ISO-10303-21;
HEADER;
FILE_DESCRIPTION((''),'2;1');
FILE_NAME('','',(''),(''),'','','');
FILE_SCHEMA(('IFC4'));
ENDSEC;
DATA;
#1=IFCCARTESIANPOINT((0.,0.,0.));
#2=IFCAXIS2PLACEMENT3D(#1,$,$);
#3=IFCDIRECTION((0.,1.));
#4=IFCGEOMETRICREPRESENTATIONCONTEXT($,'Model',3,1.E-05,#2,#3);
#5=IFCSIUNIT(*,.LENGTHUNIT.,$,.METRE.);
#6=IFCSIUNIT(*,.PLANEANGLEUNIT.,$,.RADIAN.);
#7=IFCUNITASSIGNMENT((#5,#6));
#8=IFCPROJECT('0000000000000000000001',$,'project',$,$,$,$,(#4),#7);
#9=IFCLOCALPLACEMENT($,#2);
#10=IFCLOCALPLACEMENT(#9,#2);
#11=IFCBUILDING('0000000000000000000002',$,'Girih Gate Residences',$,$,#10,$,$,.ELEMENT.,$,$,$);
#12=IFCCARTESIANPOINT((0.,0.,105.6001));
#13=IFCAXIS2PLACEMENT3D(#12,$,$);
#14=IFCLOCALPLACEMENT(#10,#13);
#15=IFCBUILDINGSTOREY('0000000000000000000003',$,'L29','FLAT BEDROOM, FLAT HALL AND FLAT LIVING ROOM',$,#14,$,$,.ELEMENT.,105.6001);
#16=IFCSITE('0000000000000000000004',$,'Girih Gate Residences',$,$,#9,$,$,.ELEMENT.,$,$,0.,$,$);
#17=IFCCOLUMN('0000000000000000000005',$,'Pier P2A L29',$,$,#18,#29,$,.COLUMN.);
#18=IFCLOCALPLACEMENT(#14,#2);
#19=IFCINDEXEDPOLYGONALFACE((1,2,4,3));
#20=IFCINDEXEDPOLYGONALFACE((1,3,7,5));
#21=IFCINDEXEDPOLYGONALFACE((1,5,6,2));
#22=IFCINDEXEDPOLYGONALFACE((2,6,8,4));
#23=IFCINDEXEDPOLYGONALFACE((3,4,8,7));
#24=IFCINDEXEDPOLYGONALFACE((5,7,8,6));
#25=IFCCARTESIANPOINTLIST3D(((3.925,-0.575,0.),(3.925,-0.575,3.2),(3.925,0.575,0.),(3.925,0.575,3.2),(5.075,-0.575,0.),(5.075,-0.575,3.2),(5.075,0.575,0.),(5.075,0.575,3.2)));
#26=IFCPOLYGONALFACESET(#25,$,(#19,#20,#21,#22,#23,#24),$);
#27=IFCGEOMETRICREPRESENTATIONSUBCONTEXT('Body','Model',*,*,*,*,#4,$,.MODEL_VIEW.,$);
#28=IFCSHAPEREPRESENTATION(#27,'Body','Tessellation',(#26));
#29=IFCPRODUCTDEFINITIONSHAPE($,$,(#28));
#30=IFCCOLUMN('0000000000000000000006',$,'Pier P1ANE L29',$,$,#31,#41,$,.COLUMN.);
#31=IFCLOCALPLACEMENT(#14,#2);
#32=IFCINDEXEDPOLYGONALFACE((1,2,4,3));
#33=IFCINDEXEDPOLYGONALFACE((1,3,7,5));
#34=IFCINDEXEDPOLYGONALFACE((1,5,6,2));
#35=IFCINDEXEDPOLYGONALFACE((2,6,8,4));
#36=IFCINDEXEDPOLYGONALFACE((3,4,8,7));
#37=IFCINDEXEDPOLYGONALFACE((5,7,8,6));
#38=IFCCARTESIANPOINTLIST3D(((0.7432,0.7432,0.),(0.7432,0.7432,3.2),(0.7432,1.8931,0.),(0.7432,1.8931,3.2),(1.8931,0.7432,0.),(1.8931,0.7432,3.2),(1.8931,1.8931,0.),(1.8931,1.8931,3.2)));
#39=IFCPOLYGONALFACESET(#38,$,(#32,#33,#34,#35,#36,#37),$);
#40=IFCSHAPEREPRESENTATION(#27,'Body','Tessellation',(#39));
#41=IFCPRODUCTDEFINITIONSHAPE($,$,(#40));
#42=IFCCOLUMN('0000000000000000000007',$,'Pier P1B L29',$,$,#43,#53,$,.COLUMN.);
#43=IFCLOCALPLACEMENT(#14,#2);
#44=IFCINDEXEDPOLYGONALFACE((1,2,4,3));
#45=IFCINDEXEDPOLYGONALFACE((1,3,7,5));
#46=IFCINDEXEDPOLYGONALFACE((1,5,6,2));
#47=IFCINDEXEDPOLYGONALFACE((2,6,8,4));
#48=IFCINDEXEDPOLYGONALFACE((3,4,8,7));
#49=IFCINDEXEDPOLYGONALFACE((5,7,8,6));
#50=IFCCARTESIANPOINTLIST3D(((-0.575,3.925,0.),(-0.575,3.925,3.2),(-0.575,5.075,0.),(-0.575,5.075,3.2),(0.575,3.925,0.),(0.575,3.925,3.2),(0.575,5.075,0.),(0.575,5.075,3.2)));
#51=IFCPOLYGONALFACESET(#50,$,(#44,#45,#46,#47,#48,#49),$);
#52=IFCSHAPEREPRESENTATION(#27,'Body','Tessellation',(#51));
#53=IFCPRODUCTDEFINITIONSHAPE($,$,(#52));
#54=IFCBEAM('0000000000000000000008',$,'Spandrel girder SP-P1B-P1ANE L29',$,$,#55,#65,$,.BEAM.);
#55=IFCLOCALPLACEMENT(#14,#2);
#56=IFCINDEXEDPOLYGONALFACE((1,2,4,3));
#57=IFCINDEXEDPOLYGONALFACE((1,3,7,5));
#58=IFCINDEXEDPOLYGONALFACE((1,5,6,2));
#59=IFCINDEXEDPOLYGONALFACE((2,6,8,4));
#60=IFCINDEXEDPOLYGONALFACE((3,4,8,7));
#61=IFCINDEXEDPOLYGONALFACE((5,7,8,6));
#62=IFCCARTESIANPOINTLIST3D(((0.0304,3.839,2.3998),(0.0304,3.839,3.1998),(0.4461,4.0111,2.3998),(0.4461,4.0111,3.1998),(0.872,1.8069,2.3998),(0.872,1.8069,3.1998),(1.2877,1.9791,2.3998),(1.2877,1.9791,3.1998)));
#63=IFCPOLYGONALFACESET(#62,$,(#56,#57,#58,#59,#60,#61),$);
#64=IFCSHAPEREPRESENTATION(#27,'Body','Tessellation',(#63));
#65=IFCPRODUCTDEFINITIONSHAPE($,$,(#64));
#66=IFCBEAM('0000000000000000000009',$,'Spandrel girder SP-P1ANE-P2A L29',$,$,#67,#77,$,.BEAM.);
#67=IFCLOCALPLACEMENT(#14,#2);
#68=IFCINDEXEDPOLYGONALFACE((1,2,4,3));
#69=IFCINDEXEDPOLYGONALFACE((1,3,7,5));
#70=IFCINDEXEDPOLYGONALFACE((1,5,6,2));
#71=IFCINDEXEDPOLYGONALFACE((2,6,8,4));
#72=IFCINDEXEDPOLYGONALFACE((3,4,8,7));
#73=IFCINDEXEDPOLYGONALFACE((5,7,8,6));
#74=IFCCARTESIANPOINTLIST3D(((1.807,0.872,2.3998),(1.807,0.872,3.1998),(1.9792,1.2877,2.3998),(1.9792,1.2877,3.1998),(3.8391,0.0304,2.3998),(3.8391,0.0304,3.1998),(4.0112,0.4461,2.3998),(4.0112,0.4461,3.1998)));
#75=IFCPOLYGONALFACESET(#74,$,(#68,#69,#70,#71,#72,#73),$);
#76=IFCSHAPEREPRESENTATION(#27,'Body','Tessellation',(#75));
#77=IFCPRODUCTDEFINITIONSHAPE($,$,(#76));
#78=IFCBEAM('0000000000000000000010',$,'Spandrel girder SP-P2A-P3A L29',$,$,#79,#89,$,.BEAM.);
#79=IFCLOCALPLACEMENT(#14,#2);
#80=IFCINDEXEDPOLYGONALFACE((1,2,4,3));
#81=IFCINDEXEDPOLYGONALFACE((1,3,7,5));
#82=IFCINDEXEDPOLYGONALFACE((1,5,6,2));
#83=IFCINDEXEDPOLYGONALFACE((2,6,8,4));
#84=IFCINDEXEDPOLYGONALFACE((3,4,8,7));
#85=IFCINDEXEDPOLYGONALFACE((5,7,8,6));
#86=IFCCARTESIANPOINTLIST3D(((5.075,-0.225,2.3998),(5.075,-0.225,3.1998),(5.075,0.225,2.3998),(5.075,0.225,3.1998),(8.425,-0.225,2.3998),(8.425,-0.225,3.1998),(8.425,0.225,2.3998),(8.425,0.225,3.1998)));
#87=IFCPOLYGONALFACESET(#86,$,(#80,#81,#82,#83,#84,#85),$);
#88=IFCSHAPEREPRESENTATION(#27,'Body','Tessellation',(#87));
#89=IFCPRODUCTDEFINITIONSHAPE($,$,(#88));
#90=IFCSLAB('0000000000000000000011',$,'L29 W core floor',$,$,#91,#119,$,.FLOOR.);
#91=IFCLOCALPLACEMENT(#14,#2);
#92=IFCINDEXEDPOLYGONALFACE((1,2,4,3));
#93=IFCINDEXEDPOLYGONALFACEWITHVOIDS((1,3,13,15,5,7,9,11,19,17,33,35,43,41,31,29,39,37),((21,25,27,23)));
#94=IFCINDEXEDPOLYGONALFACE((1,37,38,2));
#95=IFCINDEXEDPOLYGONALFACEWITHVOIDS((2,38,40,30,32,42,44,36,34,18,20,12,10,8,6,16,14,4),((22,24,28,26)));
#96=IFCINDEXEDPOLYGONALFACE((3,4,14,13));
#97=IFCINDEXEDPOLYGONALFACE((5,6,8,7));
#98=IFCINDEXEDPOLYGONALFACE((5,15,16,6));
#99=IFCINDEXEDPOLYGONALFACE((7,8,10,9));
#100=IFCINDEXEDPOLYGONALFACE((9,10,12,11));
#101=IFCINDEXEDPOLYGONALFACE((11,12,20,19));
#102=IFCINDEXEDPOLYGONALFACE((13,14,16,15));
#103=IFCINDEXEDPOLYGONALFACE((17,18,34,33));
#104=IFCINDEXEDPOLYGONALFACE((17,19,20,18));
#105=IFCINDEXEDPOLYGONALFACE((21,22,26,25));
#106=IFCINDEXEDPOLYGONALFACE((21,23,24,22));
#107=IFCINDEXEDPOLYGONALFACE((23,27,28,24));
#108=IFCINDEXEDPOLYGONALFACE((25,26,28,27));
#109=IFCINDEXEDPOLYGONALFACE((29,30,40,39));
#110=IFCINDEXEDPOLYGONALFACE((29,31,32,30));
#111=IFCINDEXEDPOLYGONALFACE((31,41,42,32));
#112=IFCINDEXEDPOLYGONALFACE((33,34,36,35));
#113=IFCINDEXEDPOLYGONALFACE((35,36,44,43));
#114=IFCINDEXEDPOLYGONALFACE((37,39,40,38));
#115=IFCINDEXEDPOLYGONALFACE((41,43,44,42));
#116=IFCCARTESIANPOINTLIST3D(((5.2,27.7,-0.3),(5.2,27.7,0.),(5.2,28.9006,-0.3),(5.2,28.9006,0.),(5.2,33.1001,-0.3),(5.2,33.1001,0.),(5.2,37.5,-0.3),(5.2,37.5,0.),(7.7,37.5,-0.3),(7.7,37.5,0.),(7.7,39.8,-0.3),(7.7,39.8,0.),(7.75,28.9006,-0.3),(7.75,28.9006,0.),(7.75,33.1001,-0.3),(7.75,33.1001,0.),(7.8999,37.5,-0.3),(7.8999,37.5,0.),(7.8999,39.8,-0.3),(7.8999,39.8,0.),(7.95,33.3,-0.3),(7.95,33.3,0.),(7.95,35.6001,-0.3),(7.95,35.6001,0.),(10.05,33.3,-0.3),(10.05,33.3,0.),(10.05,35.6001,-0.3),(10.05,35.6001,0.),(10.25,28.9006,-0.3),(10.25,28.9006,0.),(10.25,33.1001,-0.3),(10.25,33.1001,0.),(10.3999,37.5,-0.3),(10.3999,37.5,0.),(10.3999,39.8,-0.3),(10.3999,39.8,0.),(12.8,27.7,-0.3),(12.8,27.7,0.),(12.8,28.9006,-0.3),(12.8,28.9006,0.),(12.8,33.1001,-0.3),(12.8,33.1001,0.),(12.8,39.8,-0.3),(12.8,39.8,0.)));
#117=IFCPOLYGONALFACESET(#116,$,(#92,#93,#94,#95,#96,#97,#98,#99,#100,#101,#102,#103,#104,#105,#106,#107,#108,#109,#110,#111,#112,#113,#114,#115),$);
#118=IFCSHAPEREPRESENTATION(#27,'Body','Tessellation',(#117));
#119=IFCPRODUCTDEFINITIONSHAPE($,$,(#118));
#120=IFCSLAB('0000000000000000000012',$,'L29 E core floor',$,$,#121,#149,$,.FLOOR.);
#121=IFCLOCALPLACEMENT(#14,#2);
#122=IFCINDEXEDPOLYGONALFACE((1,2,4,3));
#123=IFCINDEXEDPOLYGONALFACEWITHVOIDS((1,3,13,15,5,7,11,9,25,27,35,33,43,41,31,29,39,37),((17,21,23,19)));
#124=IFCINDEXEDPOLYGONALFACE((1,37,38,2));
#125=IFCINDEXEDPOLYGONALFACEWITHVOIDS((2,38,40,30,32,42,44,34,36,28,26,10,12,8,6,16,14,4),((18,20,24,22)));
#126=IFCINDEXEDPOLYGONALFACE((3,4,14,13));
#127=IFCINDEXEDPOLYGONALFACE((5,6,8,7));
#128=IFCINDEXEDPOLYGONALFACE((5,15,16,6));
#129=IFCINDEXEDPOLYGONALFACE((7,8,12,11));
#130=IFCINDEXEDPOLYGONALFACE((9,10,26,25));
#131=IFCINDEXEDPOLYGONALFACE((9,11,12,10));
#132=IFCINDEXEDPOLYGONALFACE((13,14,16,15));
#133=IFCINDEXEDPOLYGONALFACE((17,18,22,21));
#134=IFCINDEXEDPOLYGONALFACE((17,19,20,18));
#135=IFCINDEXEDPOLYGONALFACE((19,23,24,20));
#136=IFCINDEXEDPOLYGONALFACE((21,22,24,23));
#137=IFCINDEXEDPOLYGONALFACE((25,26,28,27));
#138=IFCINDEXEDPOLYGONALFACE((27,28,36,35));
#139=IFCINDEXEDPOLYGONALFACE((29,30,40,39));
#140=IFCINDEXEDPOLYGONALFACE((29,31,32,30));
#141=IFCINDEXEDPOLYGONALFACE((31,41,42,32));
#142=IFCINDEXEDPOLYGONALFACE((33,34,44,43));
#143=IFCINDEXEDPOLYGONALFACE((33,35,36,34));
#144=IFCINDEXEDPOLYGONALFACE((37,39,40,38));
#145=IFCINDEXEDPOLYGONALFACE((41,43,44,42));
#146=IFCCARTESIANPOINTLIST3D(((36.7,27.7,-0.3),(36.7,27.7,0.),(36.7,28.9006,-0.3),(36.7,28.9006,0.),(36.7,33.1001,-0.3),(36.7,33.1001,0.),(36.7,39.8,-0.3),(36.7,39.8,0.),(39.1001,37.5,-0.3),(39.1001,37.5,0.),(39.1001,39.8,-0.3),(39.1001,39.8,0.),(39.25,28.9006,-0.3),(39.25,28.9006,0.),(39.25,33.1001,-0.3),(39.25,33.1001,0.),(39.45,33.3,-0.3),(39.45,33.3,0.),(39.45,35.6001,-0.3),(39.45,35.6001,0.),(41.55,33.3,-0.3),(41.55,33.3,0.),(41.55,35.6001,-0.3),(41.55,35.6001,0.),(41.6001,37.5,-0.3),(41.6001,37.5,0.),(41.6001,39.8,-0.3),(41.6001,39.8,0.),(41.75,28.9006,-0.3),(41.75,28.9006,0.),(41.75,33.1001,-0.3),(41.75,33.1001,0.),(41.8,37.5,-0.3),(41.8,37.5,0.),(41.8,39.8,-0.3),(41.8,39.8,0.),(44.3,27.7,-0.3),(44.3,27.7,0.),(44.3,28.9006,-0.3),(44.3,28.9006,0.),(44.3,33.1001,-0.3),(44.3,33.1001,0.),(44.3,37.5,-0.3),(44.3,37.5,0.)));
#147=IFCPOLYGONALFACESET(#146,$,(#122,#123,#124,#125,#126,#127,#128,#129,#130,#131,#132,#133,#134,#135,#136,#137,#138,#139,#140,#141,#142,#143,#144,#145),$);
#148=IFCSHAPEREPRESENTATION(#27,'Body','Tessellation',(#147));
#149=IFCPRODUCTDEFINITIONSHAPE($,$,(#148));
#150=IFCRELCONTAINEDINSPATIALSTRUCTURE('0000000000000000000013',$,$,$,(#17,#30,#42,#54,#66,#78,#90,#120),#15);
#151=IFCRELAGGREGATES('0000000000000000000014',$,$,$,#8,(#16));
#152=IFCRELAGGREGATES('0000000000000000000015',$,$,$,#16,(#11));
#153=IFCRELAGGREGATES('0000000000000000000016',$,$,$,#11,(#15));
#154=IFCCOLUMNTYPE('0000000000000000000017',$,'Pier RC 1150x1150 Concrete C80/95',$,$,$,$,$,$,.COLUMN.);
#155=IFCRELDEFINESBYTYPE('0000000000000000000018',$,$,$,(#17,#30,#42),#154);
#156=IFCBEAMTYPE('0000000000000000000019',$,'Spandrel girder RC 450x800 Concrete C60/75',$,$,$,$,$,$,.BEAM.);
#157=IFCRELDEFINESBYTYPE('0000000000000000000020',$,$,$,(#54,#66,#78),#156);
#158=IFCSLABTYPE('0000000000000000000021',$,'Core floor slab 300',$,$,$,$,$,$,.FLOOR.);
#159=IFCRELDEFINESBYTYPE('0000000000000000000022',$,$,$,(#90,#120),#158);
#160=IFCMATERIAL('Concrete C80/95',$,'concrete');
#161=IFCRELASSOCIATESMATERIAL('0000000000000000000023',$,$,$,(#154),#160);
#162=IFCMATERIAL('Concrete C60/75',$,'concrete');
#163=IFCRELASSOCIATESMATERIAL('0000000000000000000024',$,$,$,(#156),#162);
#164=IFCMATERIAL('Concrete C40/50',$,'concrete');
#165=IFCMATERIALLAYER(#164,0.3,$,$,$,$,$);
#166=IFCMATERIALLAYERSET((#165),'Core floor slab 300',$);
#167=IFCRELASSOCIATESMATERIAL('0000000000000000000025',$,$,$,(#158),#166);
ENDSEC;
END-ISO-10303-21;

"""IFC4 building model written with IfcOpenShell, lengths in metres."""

from ifc_helpers import new_model, si_unit, direction, frame, origin, origin_2d, place, context, subcontext, project, spatial, polyline, rectangle, outline, extrude, material, layer, layer_set, material_profile, profile_set, type_object, element, save


model = new_model("IFC4")

# Units and contexts
model_context = context("Model", 3, precision=1e-05, world=origin(), true_north=direction((0.0, 1.0)))
body_context = subcontext(model_context, "Body", "Model", "MODEL_VIEW")
ifc_project = project(units=[si_unit("LENGTHUNIT", "METRE"), si_unit("PLANEANGLEUNIT", "RADIAN")], contexts=[model_context])

# Site, building, storey
site_placement = place(None, origin())
site = spatial("IfcSite", under=ifc_project, at=site_placement, Name="Girih Gate Residences", CompositionType="ELEMENT", RefElevation=0.0)
building_placement = place(site_placement, origin())
building = spatial("IfcBuilding", under=site, at=building_placement, Name="Girih Gate Residences", CompositionType="ELEMENT")
storey_placement = place(building_placement, frame((0.0, 0.0, 105.6001)))
storey = spatial("IfcBuildingStorey", under=building, at=storey_placement, Name="L29", Description="FLAT BEDROOM, FLAT HALL AND FLAT LIVING ROOM", CompositionType="ELEMENT", Elevation=105.6001)

# Columns
ifc_material_1 = material(Name="Concrete C80/95", Category="concrete")
ifc_material_profile_1 = material_profile(ifc_material_1, rectangle(XDim=1.1499, YDim=1.1499, at=origin_2d()))
ifc_profile_set_1 = profile_set([ifc_material_profile_1], Name="Concrete C80/95")
column_type = type_object("IfcColumnType", Name="Pier RC 1150x1150 Concrete C80/95", PredefinedType="COLUMN", material=ifc_profile_set_1)
for number, where, z_axis, x_axis, name in (
    (1, (4.5, 0.0, 0.0), (0.0, 0.0, 1.0), (1.0, 0.0, 0.0), "Pier P2A L29"),
    (2, (1.3181, 1.3181, 0.0), (0.0, 0.0, 1.0), (1.0, 0.0, 0.0), "Pier P1ANE L29"),
    (3, (0.0, 4.5, 0.0), (0.0, 0.0, 1.0), (1.0, 0.0, 0.0), "Pier P1B L29"),
):
    element("IfcColumn", number, at=place(storey_placement, frame(where, z_axis=z_axis, x_axis=x_axis)), inside=storey, type_object=column_type, Name=name, PredefinedType="COLUMN", context=body_context, shape_type="SweptSolid", body=[
        extrude(rectangle(XDim=1.1499, YDim=1.1499, at=origin_2d()), origin(), (0.0, 0.0, 1.0), 3.2),
    ])

# Beams
ifc_material_2 = material(Name="Concrete C60/75", Category="concrete")
ifc_material_profile_2 = material_profile(ifc_material_2, rectangle(XDim=0.45, YDim=0.8, at=origin_2d()))
ifc_profile_set_2 = profile_set([ifc_material_profile_2], Name="Concrete C60/75")
beam_type = type_object("IfcBeamType", Name="Spandrel girder RC 450x800 Concrete C60/75", PredefinedType="BEAM", material=ifc_profile_set_2)
for number, where, z_axis, x_axis, name in (
    (4, (0.2383, 3.925, 2.7998), (0.382636, -0.923899, 0.0), (0.923899, 0.382636, 0.0), "Spandrel girder SP-P1B-P1ANE L29"),
    (5, (1.8931, 1.0798, 2.7998), (0.923899, -0.382636, 0.0), (0.382636, 0.923899, 0.0), "Spandrel girder SP-P1ANE-P2A L29"),
):
    element("IfcBeam", number, at=place(storey_placement, frame(where, z_axis=z_axis, x_axis=x_axis)), inside=storey, type_object=beam_type, Name=name, PredefinedType="BEAM", context=body_context, shape_type="SweptSolid", body=[
        extrude(rectangle(XDim=0.45, YDim=0.8, at=origin_2d()), origin(), (0.0, 0.0, 1.0), 2.1995),
    ])
beam_placement = place(storey_placement, frame((5.075, 0.0, 2.7998), z_axis=(1.0, 0.0, 0.0), x_axis=(0.0, 1.0, 0.0)))
element("IfcBeam", 6, at=beam_placement, inside=storey, type_object=beam_type, Name="Spandrel girder SP-P2A-P3A L29", PredefinedType="BEAM", context=body_context, shape_type="SweptSolid", body=[
    extrude(rectangle(XDim=0.45, YDim=0.8, at=origin_2d()), origin(), (0.0, 0.0, 1.0), 3.3501),
])

# Slabs
ifc_material_3 = material(Name="Concrete C40/50", Category="concrete")
ifc_layer_1 = layer(ifc_material_3, 0.3)
ifc_layer_set_1 = layer_set([ifc_layer_1], Name="Core floor slab 300")
slab_type_1 = type_object("IfcSlabType", Name="Core floor slab 300", PredefinedType="FLOOR", material=ifc_layer_set_1)
slab_1_placement = place(storey_placement, frame((0.0, 0.0, -0.3)))
element("IfcSlab", 7, at=slab_1_placement, inside=storey, type_object=slab_type_1, Name="L29 W core floor", PredefinedType="FLOOR", context=body_context, shape_type="SweptSolid", body=[
    extrude(outline(polyline([(12.8, 27.7), (5.2, 27.7), (5.2, 28.9006), (7.75, 28.9006), (7.75, 33.1001), (5.2, 33.1001), (5.2, 37.5), (7.7, 37.5), (7.7, 39.8), (7.8999, 39.8), (7.8999, 37.5), (10.3999, 37.5), (10.3999, 39.8), (12.8, 39.8), (12.8, 33.1001), (10.25, 33.1001), (10.25, 28.9006), (12.8, 28.9006), (12.8, 27.7)]), holes=[polyline([(7.95, 33.3), (10.05, 33.3), (10.05, 35.6001), (7.95, 35.6001), (7.95, 33.3)])]), origin(), (0.0, 0.0, 1.0), 0.3),
])
slab_2_placement = place(storey_placement, frame((0.0, 0.0, -0.3)))
element("IfcSlab", 8, at=slab_2_placement, inside=storey, type_object=slab_type_1, Name="L29 E core floor", PredefinedType="FLOOR", context=body_context, shape_type="SweptSolid", body=[
    extrude(outline(polyline([(44.3, 27.7), (36.7, 27.7), (36.7, 28.9006), (39.25, 28.9006), (39.25, 33.1001), (36.7, 33.1001), (36.7, 39.8), (39.1001, 39.8), (39.1001, 37.5), (41.6001, 37.5), (41.6001, 39.8), (41.8, 39.8), (41.8, 37.5), (44.3, 37.5), (44.3, 33.1001), (41.75, 33.1001), (41.75, 28.9006), (44.3, 28.9006), (44.3, 27.7)]), holes=[polyline([(39.45, 33.3), (41.55, 33.3), (41.55, 35.6001), (39.45, 35.6001), (39.45, 33.3)])]), origin(), (0.0, 0.0, 1.0), 0.3),
])

save(model, "model.ifc")
